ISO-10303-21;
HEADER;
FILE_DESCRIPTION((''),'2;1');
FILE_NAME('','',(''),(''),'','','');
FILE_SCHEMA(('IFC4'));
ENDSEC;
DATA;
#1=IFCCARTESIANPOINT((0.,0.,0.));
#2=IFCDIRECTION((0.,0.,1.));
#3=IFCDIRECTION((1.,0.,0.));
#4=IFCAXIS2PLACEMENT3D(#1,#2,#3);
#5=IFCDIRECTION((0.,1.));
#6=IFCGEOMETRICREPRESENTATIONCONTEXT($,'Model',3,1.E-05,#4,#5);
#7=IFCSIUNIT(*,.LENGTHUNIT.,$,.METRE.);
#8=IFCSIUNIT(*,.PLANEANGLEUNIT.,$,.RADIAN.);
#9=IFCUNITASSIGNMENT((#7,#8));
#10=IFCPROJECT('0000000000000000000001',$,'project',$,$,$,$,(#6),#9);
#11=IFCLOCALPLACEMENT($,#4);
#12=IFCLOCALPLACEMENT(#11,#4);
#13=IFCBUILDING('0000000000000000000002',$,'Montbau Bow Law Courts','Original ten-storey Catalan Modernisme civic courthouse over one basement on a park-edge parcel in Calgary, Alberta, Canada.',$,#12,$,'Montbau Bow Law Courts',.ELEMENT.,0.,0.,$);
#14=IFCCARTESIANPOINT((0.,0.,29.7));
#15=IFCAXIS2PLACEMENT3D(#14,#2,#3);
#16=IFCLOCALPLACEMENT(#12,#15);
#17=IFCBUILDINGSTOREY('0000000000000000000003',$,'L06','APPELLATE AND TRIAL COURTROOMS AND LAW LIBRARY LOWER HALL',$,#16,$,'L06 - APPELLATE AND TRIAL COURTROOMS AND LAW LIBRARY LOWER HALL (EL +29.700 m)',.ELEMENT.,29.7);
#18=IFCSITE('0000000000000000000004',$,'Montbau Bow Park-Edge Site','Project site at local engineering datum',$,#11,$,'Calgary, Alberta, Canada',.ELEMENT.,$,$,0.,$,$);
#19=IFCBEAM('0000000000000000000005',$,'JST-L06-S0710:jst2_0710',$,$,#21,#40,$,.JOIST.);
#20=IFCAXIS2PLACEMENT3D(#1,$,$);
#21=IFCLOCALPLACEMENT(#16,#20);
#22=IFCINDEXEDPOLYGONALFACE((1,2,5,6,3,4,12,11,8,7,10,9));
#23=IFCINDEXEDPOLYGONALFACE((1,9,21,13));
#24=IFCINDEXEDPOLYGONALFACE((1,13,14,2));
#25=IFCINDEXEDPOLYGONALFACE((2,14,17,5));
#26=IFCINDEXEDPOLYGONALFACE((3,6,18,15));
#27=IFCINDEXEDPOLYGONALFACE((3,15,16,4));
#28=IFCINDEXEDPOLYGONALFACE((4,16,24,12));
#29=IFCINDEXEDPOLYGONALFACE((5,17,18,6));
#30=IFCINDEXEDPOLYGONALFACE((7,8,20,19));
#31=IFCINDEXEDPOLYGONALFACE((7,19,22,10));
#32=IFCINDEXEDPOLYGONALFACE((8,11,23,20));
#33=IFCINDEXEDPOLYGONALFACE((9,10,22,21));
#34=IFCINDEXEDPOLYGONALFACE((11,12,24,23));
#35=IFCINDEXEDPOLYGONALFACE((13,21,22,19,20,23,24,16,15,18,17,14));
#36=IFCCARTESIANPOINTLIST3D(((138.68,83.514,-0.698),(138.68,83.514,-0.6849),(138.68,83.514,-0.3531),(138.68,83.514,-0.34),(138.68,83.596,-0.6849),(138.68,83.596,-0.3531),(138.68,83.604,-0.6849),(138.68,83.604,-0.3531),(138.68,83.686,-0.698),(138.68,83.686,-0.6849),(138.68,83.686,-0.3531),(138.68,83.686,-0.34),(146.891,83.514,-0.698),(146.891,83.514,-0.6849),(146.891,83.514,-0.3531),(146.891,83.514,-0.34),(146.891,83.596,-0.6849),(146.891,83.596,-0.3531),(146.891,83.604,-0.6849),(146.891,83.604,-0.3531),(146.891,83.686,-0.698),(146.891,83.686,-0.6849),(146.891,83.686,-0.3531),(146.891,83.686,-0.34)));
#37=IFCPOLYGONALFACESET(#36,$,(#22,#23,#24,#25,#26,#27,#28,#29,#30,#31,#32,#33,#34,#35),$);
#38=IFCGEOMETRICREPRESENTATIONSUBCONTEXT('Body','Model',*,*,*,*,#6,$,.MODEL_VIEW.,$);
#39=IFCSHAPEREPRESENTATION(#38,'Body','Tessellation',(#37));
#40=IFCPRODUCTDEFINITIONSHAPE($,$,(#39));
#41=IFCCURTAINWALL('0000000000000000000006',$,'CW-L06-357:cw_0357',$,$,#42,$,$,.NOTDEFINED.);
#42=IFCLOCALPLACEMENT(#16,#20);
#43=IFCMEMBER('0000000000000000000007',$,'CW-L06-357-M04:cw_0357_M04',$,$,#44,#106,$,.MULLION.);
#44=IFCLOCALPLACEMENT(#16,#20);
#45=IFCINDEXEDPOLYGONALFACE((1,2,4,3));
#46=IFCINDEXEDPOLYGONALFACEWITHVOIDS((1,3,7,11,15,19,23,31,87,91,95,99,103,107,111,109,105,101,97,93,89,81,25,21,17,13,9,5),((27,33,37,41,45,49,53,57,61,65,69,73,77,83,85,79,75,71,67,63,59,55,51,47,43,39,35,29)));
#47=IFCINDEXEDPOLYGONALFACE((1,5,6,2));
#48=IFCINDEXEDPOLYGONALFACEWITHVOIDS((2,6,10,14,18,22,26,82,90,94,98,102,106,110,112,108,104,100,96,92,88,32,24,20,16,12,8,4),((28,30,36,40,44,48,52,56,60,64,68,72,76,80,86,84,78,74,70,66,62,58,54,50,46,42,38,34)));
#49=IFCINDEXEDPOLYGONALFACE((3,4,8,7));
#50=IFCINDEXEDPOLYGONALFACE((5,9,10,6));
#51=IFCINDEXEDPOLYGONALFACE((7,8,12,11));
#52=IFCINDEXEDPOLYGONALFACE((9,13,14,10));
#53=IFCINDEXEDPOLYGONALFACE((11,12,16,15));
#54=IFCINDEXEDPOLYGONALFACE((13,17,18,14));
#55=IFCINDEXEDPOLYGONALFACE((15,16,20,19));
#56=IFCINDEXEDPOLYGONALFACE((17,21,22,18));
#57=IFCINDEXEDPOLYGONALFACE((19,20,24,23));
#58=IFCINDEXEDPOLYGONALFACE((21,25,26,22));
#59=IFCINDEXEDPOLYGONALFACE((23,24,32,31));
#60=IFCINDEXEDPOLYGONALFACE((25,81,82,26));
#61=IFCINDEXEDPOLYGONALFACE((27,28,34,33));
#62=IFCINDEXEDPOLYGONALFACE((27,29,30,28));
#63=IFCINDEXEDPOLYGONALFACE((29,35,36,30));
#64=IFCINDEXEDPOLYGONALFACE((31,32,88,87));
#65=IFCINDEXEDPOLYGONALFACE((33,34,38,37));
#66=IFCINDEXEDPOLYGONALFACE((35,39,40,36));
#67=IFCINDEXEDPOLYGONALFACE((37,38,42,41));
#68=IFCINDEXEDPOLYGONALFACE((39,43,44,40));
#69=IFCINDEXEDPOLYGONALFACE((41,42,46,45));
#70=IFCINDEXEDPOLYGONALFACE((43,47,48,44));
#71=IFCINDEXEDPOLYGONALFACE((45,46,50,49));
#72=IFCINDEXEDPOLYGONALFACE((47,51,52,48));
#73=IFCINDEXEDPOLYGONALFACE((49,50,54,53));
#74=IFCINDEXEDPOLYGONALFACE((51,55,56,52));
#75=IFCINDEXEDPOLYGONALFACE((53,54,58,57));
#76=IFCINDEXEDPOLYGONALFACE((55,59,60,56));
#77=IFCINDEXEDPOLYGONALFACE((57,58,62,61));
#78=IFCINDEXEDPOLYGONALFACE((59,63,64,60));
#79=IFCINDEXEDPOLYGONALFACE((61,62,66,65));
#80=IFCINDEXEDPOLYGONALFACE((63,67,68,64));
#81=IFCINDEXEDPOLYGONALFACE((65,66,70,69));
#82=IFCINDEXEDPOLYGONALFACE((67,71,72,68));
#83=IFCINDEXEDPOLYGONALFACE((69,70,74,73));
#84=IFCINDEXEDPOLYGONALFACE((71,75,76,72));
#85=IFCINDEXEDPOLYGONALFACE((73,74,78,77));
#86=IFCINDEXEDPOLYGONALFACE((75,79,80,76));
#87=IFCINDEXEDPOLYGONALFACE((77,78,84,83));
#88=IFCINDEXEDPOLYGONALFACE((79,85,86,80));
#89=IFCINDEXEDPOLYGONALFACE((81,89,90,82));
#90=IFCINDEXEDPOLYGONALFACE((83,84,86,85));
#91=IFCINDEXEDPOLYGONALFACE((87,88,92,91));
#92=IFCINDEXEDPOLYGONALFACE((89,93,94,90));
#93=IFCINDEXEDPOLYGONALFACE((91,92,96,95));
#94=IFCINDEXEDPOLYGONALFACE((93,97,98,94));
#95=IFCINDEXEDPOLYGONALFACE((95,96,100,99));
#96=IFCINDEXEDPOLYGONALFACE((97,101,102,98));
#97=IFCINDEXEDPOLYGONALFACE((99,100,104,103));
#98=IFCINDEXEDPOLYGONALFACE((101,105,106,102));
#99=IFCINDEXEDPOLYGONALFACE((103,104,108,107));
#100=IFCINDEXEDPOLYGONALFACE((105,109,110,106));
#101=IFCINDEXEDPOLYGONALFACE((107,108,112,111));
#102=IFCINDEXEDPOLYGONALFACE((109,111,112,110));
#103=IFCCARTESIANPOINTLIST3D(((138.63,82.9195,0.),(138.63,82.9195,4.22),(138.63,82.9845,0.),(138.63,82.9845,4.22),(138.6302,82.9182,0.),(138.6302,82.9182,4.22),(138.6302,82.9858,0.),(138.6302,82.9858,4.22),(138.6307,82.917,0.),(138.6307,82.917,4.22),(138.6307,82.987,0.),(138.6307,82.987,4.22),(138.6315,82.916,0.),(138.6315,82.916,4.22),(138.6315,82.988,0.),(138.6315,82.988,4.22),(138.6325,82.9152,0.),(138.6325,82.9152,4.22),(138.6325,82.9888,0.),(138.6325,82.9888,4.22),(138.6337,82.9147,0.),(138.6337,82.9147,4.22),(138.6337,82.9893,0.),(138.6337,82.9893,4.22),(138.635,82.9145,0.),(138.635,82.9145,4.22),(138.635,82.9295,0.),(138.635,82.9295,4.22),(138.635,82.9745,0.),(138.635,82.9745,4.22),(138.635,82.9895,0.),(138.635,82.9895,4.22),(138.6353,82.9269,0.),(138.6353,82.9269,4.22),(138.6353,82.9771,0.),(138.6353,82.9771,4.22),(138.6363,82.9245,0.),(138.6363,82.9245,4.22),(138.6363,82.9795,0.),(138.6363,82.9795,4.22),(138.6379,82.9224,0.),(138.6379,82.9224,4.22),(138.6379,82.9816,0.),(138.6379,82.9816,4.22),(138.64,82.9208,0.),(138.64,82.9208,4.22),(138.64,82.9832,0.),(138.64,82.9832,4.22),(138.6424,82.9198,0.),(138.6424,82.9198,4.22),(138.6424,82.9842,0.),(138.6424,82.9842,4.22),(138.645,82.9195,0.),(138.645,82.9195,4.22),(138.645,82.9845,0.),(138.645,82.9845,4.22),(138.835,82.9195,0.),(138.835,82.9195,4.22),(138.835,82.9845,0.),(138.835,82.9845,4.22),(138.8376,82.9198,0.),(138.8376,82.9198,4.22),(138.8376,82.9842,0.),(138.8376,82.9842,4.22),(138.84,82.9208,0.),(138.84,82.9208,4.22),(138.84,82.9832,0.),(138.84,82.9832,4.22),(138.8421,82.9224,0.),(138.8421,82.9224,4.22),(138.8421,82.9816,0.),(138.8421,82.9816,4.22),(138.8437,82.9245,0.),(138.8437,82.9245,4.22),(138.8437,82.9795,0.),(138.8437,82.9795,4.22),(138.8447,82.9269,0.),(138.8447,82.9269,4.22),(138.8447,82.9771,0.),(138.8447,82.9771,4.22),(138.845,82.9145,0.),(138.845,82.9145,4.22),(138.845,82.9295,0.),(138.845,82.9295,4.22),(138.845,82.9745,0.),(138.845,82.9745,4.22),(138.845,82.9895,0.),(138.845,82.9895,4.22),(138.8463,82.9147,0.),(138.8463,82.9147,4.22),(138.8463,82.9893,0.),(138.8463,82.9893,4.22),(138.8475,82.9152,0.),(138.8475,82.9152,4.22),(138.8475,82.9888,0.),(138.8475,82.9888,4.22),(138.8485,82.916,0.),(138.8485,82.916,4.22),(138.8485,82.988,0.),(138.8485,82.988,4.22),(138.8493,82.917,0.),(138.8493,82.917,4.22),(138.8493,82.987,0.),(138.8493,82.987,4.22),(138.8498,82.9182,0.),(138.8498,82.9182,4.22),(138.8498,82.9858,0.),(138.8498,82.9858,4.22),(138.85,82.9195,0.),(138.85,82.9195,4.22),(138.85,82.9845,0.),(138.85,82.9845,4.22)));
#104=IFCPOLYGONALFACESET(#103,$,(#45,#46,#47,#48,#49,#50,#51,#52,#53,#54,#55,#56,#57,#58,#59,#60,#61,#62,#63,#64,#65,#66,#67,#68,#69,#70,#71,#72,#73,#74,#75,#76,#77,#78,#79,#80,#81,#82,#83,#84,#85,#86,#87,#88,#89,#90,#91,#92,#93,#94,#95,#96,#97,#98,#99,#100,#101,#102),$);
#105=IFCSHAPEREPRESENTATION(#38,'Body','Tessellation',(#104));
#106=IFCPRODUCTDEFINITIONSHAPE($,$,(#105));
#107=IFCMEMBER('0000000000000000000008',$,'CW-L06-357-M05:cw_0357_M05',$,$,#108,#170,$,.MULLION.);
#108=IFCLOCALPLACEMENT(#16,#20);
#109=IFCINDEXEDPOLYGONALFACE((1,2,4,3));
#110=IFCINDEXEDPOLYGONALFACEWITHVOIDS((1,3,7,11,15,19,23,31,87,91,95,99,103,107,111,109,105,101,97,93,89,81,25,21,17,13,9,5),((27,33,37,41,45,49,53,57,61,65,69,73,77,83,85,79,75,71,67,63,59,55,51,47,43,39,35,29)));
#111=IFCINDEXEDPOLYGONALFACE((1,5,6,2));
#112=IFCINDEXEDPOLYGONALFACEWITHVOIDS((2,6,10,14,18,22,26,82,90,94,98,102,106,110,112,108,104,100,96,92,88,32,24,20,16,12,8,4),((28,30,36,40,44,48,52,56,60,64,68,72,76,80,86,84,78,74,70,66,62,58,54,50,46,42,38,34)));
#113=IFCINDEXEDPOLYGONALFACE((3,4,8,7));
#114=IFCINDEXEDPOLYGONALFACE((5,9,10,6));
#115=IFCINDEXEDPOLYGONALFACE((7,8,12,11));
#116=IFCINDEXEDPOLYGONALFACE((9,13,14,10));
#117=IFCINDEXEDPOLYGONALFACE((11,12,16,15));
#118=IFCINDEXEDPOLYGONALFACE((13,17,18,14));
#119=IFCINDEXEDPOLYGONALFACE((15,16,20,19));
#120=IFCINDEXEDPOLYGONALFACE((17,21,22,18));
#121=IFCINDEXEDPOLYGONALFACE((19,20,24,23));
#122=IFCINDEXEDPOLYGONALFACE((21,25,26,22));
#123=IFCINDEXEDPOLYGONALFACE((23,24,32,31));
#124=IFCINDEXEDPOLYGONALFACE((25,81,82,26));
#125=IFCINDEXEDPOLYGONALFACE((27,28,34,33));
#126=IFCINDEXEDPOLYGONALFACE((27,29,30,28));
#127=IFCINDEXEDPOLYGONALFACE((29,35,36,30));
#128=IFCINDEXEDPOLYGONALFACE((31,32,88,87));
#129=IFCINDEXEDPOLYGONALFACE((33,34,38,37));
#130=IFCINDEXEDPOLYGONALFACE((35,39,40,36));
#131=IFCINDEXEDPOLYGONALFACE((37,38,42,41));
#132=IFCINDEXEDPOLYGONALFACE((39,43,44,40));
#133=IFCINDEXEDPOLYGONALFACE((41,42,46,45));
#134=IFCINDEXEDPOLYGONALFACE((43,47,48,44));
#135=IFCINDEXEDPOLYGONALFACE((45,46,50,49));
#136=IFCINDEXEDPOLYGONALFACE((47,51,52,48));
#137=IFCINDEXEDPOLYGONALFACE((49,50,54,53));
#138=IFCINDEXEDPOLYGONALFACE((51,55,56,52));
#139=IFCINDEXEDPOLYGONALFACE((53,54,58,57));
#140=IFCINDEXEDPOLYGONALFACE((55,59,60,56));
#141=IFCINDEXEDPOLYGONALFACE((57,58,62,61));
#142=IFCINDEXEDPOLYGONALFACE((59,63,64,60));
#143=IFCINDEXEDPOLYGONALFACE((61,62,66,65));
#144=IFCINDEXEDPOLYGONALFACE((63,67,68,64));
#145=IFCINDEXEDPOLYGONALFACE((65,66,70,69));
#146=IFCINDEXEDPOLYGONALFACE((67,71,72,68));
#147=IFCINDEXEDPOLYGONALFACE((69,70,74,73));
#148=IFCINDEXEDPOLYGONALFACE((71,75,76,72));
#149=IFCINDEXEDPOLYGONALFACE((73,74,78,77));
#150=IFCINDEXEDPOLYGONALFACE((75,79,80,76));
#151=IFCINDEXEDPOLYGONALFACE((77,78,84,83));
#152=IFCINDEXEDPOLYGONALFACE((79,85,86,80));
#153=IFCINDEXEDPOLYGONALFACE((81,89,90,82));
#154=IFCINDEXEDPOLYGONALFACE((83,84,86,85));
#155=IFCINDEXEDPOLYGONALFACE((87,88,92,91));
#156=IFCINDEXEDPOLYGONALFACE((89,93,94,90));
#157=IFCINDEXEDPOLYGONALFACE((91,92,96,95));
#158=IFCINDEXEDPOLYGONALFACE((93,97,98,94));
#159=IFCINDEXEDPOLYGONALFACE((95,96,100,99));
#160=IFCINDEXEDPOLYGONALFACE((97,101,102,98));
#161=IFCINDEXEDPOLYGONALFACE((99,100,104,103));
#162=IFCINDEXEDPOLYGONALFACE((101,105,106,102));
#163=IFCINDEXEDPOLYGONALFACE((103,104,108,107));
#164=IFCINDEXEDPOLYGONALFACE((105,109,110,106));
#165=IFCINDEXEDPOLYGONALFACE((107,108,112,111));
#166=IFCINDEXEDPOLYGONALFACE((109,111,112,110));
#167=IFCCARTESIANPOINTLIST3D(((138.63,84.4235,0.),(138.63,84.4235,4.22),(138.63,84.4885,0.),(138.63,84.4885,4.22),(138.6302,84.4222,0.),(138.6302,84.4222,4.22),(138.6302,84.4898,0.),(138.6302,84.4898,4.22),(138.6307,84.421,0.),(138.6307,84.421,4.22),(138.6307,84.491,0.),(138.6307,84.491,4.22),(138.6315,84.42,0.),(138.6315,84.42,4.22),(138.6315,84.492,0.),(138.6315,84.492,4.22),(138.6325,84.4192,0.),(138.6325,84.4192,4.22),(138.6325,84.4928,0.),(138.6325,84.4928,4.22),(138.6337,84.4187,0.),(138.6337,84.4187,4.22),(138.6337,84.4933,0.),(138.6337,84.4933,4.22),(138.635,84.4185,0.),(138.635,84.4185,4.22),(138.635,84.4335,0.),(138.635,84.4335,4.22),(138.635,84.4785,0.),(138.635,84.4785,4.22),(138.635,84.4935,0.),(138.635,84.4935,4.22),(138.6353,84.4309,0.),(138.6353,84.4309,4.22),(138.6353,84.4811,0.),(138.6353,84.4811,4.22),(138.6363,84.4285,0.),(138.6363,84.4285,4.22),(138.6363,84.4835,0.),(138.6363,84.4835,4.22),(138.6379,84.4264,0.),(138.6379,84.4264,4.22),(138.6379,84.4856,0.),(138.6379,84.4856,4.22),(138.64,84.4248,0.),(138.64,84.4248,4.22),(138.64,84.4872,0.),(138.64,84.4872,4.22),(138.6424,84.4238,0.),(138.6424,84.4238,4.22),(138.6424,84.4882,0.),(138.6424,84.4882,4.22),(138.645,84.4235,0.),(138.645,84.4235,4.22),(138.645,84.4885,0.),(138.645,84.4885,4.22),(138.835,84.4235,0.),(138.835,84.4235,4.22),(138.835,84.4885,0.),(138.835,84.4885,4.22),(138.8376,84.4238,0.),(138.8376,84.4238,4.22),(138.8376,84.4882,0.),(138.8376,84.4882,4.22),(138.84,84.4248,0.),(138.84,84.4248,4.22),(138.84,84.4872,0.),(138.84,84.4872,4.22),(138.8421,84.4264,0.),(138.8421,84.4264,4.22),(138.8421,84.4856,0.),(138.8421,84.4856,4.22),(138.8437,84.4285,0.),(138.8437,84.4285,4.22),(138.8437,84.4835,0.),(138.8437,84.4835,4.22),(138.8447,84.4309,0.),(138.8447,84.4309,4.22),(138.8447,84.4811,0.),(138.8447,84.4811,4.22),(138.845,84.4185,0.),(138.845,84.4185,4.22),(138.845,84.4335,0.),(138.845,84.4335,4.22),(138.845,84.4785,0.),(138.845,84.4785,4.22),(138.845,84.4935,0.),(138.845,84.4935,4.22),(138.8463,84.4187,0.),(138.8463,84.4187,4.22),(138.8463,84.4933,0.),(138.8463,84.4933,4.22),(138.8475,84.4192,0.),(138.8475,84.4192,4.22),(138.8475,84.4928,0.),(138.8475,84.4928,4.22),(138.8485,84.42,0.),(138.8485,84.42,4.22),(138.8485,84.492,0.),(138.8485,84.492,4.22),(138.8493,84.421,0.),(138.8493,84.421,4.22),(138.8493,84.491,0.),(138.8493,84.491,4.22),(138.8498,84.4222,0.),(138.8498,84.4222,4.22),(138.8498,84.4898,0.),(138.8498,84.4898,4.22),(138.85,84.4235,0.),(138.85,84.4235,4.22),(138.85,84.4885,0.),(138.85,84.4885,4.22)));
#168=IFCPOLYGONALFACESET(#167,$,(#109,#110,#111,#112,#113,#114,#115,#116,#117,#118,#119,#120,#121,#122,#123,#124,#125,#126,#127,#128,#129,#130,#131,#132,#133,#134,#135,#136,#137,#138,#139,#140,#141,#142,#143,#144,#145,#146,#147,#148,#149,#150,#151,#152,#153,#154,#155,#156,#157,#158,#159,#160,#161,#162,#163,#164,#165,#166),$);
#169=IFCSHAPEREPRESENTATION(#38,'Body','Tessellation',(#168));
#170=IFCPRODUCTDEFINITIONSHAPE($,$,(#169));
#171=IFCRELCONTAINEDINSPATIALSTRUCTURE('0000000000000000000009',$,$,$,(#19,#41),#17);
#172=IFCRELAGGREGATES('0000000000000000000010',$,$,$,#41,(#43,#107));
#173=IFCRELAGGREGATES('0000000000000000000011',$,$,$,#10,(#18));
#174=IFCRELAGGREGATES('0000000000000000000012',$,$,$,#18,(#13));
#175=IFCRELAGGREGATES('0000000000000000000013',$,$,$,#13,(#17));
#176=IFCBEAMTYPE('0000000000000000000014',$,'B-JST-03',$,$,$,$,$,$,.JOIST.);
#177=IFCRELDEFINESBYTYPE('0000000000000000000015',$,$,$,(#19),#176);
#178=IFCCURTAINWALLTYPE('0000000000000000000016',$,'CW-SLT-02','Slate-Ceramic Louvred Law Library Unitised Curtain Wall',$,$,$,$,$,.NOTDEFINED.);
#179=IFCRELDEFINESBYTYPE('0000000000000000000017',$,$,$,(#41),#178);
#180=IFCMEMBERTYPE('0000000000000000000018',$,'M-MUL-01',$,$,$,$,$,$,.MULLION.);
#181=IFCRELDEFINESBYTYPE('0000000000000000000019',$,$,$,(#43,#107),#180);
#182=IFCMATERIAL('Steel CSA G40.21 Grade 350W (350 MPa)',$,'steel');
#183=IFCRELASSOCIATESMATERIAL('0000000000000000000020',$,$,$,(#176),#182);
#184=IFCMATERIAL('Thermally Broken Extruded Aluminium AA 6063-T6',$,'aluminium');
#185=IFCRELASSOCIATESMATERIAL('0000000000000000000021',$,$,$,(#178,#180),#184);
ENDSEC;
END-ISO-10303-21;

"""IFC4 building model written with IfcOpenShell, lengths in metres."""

from ifc_helpers import new_model, si_unit, direction, frame, origin_with_axes, origin_2d_with_axis, place, context, subcontext, project, spatial, hollow_rectangle, i_section, extrude, material, material_profile, profile_set, type_object, element, aggregate, save


model = new_model("IFC4")

# Units and contexts
model_context = context("Model", 3, precision=1e-05, world=origin_with_axes(), true_north=direction((0.0, 1.0)))
body_context = subcontext(model_context, "Body", "Model", "MODEL_VIEW")
ifc_project = project(units=[si_unit("LENGTHUNIT", "METRE"), si_unit("PLANEANGLEUNIT", "RADIAN")], contexts=[model_context])

# Site, building, storey
site_placement = place(None, origin_with_axes())
site = spatial("IfcSite", under=ifc_project, at=site_placement, Name="Montbau Bow Park-Edge Site", Description="Project site at local engineering datum", LongName="Calgary, Alberta, Canada", CompositionType="ELEMENT", RefElevation=0.0)
building_placement = place(site_placement, origin_with_axes())
building = spatial("IfcBuilding", under=site, at=building_placement, Name="Montbau Bow Law Courts", Description="Original ten-storey Catalan Modernisme civic courthouse over one basement on a park-edge parcel in Calgary, Alberta, Canada.", LongName="Montbau Bow Law Courts", CompositionType="ELEMENT", ElevationOfRefHeight=0.0, ElevationOfTerrain=0.0)
storey_placement = place(building_placement, frame((0.0, 0.0, 29.7), z_axis=(0.0, 0.0, 1.0), x_axis=(1.0, 0.0, 0.0)))
storey = spatial("IfcBuildingStorey", under=building, at=storey_placement, Name="L06", Description="APPELLATE AND TRIAL COURTROOMS AND LAW LIBRARY LOWER HALL", LongName="L06 - APPELLATE AND TRIAL COURTROOMS AND LAW LIBRARY LOWER HALL (EL +29.700 m)", CompositionType="ELEMENT", Elevation=29.7)

# Beam
ifc_material_1 = material(Name="Steel CSA G40.21 Grade 350W (350 MPa)", Category="steel")
ifc_material_profile_1 = material_profile(ifc_material_1, i_section(OverallWidth=0.172, OverallDepth=0.358, WebThickness=0.0079, FlangeThickness=0.0131, at=origin_2d_with_axis()), Name="W360X57", Category="Main", Priority=0)
ifc_profile_set_1 = profile_set([ifc_material_profile_1], Name="Steel CSA G40.21 Grade 350W (350 MPa)")
beam_type = type_object("IfcBeamType", Name="B-JST-03", PredefinedType="JOIST", material=ifc_profile_set_1)
beam_placement = place(None, frame((138.68, 83.6, 29.181), z_axis=(1.0, 0.0, 0.0), x_axis=(0.0, 1.0, 0.0)))
element("IfcBeam", 1, at=beam_placement, inside=storey, type_object=beam_type, Name="JST-L06-S0710:jst2_0710", PredefinedType="JOIST", context=body_context, shape_type="SweptSolid", body=[
    extrude(i_section(OverallWidth=0.172, OverallDepth=0.358, WebThickness=0.0079, FlangeThickness=0.0131, at=origin_2d_with_axis()), origin_with_axes(), (0.0, 0.0, 1.0), 8.211),
])

# Curtain wall, members
ifc_material_2 = material(Name="Thermally Broken Extruded Aluminium AA 6063-T6", Category="aluminium")
curtain_wall_type = type_object("IfcCurtainWallType", Name="CW-SLT-02", Description="Slate-Ceramic Louvred Law Library Unitised Curtain Wall", PredefinedType="NOTDEFINED", material=ifc_material_2)
curtain_wall_1_placement = place(None, frame((138.74, 78.44, 29.7), z_axis=(0.0, 0.0, 1.0), x_axis=(1.0, 0.0, 0.0)))
curtain_wall_1 = element("IfcCurtainWall", 2, at=curtain_wall_1_placement, inside=storey, type_object=curtain_wall_type, Name="CW-L06-357:cw_0357", PredefinedType="NOTDEFINED")
ifc_material_profile_2 = material_profile(ifc_material_2, hollow_rectangle(XDim=0.075, YDim=0.22, WallThickness=0.005, InnerFilletRadius=0.01, OuterFilletRadius=0.005, at=origin_2d_with_axis()), Name="CWM-220X75", Category="Main", Priority=0)
ifc_profile_set_2 = profile_set([ifc_material_profile_2], Name="Thermally Broken Extruded Aluminium AA 6063-T6")
member_type_1 = type_object("IfcMemberType", Name="M-MUL-01", PredefinedType="MULLION", material=ifc_profile_set_2)
member_1_placement = place(None, frame((138.74, 82.952, 29.7), z_axis=(0.0, 0.0, 1.0), x_axis=(0.0, 1.0, 0.0)))
member_1 = element("IfcMember", 3, at=member_1_placement, type_object=member_type_1, Name="CW-L06-357-M04:cw_0357_M04", PredefinedType="MULLION", context=body_context, shape_type="SweptSolid", body=[
    extrude(hollow_rectangle(XDim=0.075, YDim=0.22, WallThickness=0.005, InnerFilletRadius=0.01, OuterFilletRadius=0.005, at=origin_2d_with_axis()), origin_with_axes(), (0.0, 0.0, 1.0), 4.22),
])
member_2_placement = place(None, frame((138.74, 84.456, 29.7), z_axis=(0.0, 0.0, 1.0), x_axis=(0.0, 1.0, 0.0)))
member_2 = element("IfcMember", 4, at=member_2_placement, type_object=member_type_1, Name="CW-L06-357-M05:cw_0357_M05", PredefinedType="MULLION", context=body_context, shape_type="SweptSolid", body=[
    extrude(hollow_rectangle(XDim=0.075, YDim=0.22, WallThickness=0.005, InnerFilletRadius=0.01, OuterFilletRadius=0.005, at=origin_2d_with_axis()), origin_with_axes(), (0.0, 0.0, 1.0), 4.22),
])

aggregate(curtain_wall_1, [member_1, member_2])

save(model, "model.ifc")
